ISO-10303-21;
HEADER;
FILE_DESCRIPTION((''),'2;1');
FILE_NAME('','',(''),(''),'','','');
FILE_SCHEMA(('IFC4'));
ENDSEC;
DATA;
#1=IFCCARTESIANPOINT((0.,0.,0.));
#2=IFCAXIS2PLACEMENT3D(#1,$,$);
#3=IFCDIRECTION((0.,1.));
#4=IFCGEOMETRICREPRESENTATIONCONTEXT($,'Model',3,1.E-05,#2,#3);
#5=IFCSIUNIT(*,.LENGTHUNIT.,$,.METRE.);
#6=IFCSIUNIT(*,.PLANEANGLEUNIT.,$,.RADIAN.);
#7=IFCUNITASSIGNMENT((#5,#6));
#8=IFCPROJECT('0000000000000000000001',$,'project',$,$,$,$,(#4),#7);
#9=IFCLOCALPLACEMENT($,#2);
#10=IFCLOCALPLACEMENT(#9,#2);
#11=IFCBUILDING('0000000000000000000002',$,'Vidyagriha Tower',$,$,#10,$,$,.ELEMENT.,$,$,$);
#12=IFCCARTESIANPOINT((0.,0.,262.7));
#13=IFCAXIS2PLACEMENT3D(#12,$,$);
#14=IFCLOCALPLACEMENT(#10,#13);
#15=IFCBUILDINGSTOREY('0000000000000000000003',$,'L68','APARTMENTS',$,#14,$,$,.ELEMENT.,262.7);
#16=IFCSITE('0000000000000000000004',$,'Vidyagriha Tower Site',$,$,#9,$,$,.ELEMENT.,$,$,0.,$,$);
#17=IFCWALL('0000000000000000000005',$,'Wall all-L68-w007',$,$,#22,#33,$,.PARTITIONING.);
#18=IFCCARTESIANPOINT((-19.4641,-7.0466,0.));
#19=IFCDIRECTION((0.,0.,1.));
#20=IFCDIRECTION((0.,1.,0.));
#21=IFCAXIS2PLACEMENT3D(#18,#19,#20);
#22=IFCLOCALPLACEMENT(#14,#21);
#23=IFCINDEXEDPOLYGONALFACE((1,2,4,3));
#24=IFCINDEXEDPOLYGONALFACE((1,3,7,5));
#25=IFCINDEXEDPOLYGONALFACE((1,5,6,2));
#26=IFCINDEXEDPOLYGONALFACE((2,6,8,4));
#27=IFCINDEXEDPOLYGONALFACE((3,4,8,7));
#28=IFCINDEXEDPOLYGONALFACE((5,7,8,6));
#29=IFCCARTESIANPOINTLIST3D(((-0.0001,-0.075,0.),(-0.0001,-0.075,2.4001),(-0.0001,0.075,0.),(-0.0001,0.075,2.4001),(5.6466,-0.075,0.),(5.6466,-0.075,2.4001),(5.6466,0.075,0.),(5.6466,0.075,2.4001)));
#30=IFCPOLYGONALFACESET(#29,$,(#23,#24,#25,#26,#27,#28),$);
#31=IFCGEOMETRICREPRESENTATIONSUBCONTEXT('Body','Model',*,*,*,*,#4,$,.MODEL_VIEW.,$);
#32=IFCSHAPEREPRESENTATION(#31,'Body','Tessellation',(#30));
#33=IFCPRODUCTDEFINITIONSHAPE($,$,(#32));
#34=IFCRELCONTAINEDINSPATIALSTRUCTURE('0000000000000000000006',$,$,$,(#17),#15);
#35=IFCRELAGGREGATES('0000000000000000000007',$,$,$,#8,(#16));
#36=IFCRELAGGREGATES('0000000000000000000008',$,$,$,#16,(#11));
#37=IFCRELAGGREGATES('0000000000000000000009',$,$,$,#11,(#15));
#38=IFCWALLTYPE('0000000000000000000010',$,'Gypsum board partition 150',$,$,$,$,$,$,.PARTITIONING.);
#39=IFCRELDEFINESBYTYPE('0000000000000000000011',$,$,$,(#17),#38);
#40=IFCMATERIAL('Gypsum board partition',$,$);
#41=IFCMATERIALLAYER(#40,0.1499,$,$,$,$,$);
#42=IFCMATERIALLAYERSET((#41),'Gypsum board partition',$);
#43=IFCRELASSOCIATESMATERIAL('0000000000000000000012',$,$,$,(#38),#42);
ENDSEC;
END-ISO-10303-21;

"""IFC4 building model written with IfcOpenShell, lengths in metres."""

from ifc_helpers import new_model, si_unit, direction, frame, frame_2d, origin, place, context, subcontext, project, spatial, rectangle, extrude, material, layer, layer_set, type_object, element, save


model = new_model("IFC4")

# Units and contexts
model_context = context("Model", 3, precision=1e-05, world=origin(), true_north=direction((0.0, 1.0)))
body_context = subcontext(model_context, "Body", "Model", "MODEL_VIEW")
ifc_project = project(units=[si_unit("LENGTHUNIT", "METRE"), si_unit("PLANEANGLEUNIT", "RADIAN")], contexts=[model_context])

# Site, building, storey
site_placement = place(None, origin())
site = spatial("IfcSite", under=ifc_project, at=site_placement, Name="Vidyagriha Tower Site", CompositionType="ELEMENT", RefElevation=0.0)
building_placement = place(site_placement, origin())
building = spatial("IfcBuilding", under=site, at=building_placement, Name="Vidyagriha Tower", CompositionType="ELEMENT")
storey_placement = place(building_placement, frame((0.0, 0.0, 262.7)))
storey = spatial("IfcBuildingStorey", under=building, at=storey_placement, Name="L68", Description="APARTMENTS", CompositionType="ELEMENT", Elevation=262.7)

# Wall
ifc_material_1 = material(Name="Gypsum board partition")
ifc_layer_1 = layer(ifc_material_1, 0.1499)
ifc_layer_set_1 = layer_set([ifc_layer_1], Name="Gypsum board partition")
wall_type_1 = type_object("IfcWallType", Name="Gypsum board partition 150", PredefinedType="PARTITIONING", material=ifc_layer_set_1)
wall_1_placement = place(storey_placement, frame((-19.4641, -7.0466, 0.0), z_axis=(0.0, 0.0, 1.0), x_axis=(0.0, 1.0, 0.0)))
element("IfcWall", 1, at=wall_1_placement, inside=storey, type_object=wall_type_1, Name="Wall all-L68-w007", PredefinedType="PARTITIONING", context=body_context, shape_type="SweptSolid", body=[
    extrude(rectangle(XDim=5.6467, YDim=0.1499, at=frame_2d((2.8232, 0.0))), origin(), (0.0, 0.0, 1.0), 2.4001),
])

save(model, "model.ifc")
